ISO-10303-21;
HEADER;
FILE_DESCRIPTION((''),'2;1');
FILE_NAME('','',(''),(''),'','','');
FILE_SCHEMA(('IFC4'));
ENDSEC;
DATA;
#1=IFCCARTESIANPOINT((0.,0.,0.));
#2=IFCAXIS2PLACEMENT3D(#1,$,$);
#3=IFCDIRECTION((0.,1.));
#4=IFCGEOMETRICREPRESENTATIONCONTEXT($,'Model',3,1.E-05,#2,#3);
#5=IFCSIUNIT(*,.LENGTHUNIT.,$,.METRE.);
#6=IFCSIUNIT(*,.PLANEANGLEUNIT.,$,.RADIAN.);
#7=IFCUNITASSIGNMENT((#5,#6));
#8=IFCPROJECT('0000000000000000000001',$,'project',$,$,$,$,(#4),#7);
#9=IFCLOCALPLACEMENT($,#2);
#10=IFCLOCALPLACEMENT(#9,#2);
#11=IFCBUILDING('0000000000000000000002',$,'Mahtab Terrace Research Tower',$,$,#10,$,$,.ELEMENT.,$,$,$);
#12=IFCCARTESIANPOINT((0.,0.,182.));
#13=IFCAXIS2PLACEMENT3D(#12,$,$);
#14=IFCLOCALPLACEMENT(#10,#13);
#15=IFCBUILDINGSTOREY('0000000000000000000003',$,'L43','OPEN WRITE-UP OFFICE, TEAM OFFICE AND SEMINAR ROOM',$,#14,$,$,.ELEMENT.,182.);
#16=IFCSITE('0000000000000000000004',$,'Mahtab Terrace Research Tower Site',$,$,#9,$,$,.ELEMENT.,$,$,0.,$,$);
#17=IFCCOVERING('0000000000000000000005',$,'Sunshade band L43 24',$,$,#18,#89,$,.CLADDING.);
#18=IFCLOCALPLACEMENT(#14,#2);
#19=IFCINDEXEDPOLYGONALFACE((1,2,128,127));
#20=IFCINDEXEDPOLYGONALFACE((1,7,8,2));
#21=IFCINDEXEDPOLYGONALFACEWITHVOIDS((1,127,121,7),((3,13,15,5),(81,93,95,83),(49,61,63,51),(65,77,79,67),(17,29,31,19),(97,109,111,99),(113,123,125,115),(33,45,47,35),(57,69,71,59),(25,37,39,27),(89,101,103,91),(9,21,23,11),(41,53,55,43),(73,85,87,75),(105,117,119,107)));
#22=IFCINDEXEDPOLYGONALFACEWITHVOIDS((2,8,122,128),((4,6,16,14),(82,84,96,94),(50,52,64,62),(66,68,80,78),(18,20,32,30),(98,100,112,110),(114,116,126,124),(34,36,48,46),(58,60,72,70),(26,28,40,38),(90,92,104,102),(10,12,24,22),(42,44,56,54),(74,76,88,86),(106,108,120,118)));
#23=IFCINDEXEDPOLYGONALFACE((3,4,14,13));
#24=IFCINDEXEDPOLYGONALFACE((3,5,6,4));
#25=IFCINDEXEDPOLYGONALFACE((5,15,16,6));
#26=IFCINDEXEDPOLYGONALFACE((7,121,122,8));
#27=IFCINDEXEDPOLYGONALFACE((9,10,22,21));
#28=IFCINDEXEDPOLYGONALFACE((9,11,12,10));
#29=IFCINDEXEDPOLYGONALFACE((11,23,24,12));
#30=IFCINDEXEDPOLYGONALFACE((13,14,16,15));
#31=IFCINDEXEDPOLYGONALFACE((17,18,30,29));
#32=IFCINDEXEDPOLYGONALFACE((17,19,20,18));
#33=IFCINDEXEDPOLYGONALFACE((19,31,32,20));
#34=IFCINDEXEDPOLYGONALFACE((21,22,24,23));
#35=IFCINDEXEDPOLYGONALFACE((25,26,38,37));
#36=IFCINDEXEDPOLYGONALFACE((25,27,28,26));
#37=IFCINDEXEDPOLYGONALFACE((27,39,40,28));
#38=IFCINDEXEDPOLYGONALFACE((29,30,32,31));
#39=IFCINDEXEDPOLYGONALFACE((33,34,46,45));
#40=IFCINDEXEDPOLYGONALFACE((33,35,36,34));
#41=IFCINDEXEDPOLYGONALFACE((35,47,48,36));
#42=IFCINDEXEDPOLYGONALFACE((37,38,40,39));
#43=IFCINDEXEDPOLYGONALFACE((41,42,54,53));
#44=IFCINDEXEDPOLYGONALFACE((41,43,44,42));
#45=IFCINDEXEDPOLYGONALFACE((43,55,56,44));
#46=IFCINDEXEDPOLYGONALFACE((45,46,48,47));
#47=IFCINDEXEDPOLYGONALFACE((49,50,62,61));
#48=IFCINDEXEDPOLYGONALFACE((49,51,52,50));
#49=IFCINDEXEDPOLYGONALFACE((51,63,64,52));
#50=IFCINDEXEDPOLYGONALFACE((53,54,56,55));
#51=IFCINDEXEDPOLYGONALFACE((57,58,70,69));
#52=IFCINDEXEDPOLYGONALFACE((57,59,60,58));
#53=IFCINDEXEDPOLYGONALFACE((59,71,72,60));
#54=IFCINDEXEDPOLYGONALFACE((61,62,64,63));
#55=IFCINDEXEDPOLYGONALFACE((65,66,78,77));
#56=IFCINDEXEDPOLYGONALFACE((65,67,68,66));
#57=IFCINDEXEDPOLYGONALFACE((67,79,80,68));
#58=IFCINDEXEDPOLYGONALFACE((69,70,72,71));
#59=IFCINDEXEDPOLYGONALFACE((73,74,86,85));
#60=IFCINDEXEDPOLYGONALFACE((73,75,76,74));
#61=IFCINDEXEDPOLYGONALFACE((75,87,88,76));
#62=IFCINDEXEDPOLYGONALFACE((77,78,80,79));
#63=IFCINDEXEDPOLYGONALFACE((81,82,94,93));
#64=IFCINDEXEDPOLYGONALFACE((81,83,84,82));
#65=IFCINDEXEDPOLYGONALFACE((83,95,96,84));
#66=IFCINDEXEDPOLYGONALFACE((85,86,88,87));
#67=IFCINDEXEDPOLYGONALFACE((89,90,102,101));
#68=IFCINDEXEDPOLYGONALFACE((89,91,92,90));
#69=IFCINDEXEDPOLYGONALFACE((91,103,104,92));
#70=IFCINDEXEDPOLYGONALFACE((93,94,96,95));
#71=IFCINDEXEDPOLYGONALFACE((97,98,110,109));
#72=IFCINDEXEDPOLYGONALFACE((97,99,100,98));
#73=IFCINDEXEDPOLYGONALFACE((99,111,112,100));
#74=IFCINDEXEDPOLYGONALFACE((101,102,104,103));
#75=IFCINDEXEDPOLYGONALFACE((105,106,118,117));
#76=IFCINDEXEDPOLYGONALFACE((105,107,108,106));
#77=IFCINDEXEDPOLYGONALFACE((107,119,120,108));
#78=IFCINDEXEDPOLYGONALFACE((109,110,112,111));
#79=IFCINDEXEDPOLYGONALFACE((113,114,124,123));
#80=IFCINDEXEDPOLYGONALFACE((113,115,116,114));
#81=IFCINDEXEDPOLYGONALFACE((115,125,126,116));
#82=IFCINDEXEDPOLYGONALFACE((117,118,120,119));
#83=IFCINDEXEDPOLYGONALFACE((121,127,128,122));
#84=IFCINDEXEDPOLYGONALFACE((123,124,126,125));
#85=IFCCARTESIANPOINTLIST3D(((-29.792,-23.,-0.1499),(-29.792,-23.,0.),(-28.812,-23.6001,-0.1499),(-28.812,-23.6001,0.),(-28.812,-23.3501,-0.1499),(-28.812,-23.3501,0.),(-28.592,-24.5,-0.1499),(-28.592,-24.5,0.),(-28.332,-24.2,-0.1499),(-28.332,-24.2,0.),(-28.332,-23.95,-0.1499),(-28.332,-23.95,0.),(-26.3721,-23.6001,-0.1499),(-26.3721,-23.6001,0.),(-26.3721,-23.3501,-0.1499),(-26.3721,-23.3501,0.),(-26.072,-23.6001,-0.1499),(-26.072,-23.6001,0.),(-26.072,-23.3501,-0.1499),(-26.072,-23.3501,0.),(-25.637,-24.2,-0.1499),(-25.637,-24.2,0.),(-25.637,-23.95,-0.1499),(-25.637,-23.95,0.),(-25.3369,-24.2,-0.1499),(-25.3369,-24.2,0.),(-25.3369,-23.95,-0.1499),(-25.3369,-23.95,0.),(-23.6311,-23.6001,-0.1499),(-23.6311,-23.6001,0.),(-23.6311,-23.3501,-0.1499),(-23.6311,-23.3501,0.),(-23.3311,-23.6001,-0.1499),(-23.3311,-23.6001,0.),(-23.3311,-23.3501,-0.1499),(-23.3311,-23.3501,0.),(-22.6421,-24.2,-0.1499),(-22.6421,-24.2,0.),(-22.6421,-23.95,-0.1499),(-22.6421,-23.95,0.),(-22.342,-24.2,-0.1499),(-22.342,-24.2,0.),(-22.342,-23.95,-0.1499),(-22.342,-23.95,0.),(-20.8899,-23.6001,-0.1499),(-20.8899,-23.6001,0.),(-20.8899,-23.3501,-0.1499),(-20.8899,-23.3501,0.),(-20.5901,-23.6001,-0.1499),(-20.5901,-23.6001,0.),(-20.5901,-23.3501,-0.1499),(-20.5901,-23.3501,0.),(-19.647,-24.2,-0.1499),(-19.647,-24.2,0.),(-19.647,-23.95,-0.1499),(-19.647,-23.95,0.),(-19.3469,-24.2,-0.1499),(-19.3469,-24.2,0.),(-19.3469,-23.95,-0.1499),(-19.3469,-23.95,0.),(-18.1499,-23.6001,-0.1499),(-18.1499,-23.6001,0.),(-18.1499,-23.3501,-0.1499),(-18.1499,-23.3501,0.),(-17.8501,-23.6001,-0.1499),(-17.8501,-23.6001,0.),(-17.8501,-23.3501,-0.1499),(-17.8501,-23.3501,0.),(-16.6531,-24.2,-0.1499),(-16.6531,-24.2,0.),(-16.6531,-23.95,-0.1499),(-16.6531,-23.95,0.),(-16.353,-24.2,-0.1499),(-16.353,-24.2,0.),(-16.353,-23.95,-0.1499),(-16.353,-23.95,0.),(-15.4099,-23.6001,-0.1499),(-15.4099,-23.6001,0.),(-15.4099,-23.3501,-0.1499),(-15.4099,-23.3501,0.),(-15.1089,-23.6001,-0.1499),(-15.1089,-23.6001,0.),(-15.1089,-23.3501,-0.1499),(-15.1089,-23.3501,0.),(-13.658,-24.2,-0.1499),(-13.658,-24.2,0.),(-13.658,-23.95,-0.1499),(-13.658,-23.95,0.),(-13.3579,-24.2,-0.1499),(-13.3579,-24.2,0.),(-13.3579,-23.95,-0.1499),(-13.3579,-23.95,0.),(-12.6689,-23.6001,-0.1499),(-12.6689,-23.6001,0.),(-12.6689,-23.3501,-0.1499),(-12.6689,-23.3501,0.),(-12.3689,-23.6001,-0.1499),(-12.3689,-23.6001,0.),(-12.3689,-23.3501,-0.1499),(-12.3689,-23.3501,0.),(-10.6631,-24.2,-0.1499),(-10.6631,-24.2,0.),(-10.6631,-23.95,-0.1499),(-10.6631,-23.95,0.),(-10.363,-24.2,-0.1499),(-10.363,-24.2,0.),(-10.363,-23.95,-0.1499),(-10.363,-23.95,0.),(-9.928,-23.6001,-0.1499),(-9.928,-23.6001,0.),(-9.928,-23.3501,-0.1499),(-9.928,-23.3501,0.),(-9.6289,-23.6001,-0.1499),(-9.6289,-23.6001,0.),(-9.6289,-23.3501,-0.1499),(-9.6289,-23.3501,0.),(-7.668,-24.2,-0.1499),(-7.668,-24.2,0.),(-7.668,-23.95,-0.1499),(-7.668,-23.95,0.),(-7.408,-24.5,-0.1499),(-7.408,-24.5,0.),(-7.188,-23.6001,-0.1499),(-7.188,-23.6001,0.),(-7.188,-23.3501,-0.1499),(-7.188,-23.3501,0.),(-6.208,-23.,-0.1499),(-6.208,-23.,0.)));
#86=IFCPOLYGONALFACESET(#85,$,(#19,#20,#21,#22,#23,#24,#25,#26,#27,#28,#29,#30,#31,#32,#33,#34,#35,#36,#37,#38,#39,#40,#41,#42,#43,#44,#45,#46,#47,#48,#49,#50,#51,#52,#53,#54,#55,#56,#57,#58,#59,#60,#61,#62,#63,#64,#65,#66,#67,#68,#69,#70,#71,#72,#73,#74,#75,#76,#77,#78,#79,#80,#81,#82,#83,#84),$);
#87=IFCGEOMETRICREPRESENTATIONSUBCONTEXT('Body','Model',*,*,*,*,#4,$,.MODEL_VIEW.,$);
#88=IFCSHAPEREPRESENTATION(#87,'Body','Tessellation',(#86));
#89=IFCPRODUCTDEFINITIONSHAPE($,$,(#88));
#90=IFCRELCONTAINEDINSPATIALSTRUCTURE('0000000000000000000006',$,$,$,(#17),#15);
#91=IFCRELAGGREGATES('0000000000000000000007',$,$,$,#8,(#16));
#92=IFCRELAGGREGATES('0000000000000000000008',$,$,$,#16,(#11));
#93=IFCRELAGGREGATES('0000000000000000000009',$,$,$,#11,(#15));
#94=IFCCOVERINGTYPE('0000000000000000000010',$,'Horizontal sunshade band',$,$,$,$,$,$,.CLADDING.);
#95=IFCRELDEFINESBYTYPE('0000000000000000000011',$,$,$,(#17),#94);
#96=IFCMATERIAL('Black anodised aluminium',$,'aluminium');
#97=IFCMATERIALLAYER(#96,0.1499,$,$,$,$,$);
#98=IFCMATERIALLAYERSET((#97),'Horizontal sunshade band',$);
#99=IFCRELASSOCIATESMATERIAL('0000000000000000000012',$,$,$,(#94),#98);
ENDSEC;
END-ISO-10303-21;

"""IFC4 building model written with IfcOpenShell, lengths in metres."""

from ifc_helpers import new_model, si_unit, direction, frame, origin, place, context, subcontext, project, spatial, polyline, outline, extrude, material, layer, layer_set, type_object, element, save


model = new_model("IFC4")

# Units and contexts
model_context = context("Model", 3, precision=1e-05, world=origin(), true_north=direction((0.0, 1.0)))
body_context = subcontext(model_context, "Body", "Model", "MODEL_VIEW")
ifc_project = project(units=[si_unit("LENGTHUNIT", "METRE"), si_unit("PLANEANGLEUNIT", "RADIAN")], contexts=[model_context])

# Site, building, storey
site_placement = place(None, origin())
site = spatial("IfcSite", under=ifc_project, at=site_placement, Name="Mahtab Terrace Research Tower Site", CompositionType="ELEMENT", RefElevation=0.0)
building_placement = place(site_placement, origin())
building = spatial("IfcBuilding", under=site, at=building_placement, Name="Mahtab Terrace Research Tower", CompositionType="ELEMENT")
storey_placement = place(building_placement, frame((0.0, 0.0, 182.0)))
storey = spatial("IfcBuildingStorey", under=building, at=storey_placement, Name="L43", Description="OPEN WRITE-UP OFFICE, TEAM OFFICE AND SEMINAR ROOM", CompositionType="ELEMENT", Elevation=182.0)

# Covering
ifc_material_1 = material(Name="Black anodised aluminium", Category="aluminium")
ifc_layer_1 = layer(ifc_material_1, 0.1499)
ifc_layer_set_1 = layer_set([ifc_layer_1], Name="Horizontal sunshade band")
covering_type = type_object("IfcCoveringType", Name="Horizontal sunshade band", PredefinedType="CLADDING", material=ifc_layer_set_1)
covering_1_placement = place(storey_placement, frame((0.0, 0.0, -0.1499)))
element("IfcCovering", 1, at=covering_1_placement, inside=storey, type_object=covering_type, Name="Sunshade band L43 24", PredefinedType="CLADDING", context=body_context, shape_type="SweptSolid", body=[
    extrude(outline(polyline([(-29.792, -23.0), (-6.208, -23.0), (-7.408, -24.5), (-28.592, -24.5), (-29.792, -23.0)]), holes=[polyline([(-28.812, -23.3501), (-26.3721, -23.3501), (-26.3721, -23.6001), (-28.812, -23.6001), (-28.812, -23.3501)]), polyline([(-26.072, -23.3501), (-23.6311, -23.3501), (-23.6311, -23.6001), (-26.072, -23.6001), (-26.072, -23.3501)]), polyline([(-23.3311, -23.3501), (-20.8899, -23.3501), (-20.8899, -23.6001), (-23.3311, -23.6001), (-23.3311, -23.3501)]), polyline([(-20.5901, -23.3501), (-18.1499, -23.3501), (-18.1499, -23.6001), (-20.5901, -23.6001), (-20.5901, -23.3501)]), polyline([(-17.8501, -23.3501), (-15.4099, -23.3501), (-15.4099, -23.6001), (-17.8501, -23.6001), (-17.8501, -23.3501)]), polyline([(-15.1089, -23.3501), (-12.6689, -23.3501), (-12.6689, -23.6001), (-15.1089, -23.6001), (-15.1089, -23.3501)]), polyline([(-12.3689, -23.3501), (-9.928, -23.3501), (-9.928, -23.6001), (-12.3689, -23.6001), (-12.3689, -23.3501)]), polyline([(-9.6289, -23.3501), (-7.188, -23.3501), (-7.188, -23.6001), (-9.6289, -23.6001), (-9.6289, -23.3501)]), polyline([(-28.332, -23.95), (-25.637, -23.95), (-25.637, -24.2), (-28.332, -24.2), (-28.332, -23.95)]), polyline([(-25.3369, -23.95), (-22.6421, -23.95), (-22.6421, -24.2), (-25.3369, -24.2), (-25.3369, -23.95)]), polyline([(-22.342, -23.95), (-19.647, -23.95), (-19.647, -24.2), (-22.342, -24.2), (-22.342, -23.95)]), polyline([(-19.3469, -23.95), (-16.6531, -23.95), (-16.6531, -24.2), (-19.3469, -24.2), (-19.3469, -23.95)]), polyline([(-16.353, -23.95), (-13.658, -23.95), (-13.658, -24.2), (-16.353, -24.2), (-16.353, -23.95)]), polyline([(-13.3579, -23.95), (-10.6631, -23.95), (-10.6631, -24.2), (-13.3579, -24.2), (-13.3579, -23.95)]), polyline([(-10.363, -23.95), (-7.668, -23.95), (-7.668, -24.2), (-10.363, -24.2), (-10.363, -23.95)])]), origin(), (0.0, 0.0, 1.0), 0.1499),
])

save(model, "model.ifc")
